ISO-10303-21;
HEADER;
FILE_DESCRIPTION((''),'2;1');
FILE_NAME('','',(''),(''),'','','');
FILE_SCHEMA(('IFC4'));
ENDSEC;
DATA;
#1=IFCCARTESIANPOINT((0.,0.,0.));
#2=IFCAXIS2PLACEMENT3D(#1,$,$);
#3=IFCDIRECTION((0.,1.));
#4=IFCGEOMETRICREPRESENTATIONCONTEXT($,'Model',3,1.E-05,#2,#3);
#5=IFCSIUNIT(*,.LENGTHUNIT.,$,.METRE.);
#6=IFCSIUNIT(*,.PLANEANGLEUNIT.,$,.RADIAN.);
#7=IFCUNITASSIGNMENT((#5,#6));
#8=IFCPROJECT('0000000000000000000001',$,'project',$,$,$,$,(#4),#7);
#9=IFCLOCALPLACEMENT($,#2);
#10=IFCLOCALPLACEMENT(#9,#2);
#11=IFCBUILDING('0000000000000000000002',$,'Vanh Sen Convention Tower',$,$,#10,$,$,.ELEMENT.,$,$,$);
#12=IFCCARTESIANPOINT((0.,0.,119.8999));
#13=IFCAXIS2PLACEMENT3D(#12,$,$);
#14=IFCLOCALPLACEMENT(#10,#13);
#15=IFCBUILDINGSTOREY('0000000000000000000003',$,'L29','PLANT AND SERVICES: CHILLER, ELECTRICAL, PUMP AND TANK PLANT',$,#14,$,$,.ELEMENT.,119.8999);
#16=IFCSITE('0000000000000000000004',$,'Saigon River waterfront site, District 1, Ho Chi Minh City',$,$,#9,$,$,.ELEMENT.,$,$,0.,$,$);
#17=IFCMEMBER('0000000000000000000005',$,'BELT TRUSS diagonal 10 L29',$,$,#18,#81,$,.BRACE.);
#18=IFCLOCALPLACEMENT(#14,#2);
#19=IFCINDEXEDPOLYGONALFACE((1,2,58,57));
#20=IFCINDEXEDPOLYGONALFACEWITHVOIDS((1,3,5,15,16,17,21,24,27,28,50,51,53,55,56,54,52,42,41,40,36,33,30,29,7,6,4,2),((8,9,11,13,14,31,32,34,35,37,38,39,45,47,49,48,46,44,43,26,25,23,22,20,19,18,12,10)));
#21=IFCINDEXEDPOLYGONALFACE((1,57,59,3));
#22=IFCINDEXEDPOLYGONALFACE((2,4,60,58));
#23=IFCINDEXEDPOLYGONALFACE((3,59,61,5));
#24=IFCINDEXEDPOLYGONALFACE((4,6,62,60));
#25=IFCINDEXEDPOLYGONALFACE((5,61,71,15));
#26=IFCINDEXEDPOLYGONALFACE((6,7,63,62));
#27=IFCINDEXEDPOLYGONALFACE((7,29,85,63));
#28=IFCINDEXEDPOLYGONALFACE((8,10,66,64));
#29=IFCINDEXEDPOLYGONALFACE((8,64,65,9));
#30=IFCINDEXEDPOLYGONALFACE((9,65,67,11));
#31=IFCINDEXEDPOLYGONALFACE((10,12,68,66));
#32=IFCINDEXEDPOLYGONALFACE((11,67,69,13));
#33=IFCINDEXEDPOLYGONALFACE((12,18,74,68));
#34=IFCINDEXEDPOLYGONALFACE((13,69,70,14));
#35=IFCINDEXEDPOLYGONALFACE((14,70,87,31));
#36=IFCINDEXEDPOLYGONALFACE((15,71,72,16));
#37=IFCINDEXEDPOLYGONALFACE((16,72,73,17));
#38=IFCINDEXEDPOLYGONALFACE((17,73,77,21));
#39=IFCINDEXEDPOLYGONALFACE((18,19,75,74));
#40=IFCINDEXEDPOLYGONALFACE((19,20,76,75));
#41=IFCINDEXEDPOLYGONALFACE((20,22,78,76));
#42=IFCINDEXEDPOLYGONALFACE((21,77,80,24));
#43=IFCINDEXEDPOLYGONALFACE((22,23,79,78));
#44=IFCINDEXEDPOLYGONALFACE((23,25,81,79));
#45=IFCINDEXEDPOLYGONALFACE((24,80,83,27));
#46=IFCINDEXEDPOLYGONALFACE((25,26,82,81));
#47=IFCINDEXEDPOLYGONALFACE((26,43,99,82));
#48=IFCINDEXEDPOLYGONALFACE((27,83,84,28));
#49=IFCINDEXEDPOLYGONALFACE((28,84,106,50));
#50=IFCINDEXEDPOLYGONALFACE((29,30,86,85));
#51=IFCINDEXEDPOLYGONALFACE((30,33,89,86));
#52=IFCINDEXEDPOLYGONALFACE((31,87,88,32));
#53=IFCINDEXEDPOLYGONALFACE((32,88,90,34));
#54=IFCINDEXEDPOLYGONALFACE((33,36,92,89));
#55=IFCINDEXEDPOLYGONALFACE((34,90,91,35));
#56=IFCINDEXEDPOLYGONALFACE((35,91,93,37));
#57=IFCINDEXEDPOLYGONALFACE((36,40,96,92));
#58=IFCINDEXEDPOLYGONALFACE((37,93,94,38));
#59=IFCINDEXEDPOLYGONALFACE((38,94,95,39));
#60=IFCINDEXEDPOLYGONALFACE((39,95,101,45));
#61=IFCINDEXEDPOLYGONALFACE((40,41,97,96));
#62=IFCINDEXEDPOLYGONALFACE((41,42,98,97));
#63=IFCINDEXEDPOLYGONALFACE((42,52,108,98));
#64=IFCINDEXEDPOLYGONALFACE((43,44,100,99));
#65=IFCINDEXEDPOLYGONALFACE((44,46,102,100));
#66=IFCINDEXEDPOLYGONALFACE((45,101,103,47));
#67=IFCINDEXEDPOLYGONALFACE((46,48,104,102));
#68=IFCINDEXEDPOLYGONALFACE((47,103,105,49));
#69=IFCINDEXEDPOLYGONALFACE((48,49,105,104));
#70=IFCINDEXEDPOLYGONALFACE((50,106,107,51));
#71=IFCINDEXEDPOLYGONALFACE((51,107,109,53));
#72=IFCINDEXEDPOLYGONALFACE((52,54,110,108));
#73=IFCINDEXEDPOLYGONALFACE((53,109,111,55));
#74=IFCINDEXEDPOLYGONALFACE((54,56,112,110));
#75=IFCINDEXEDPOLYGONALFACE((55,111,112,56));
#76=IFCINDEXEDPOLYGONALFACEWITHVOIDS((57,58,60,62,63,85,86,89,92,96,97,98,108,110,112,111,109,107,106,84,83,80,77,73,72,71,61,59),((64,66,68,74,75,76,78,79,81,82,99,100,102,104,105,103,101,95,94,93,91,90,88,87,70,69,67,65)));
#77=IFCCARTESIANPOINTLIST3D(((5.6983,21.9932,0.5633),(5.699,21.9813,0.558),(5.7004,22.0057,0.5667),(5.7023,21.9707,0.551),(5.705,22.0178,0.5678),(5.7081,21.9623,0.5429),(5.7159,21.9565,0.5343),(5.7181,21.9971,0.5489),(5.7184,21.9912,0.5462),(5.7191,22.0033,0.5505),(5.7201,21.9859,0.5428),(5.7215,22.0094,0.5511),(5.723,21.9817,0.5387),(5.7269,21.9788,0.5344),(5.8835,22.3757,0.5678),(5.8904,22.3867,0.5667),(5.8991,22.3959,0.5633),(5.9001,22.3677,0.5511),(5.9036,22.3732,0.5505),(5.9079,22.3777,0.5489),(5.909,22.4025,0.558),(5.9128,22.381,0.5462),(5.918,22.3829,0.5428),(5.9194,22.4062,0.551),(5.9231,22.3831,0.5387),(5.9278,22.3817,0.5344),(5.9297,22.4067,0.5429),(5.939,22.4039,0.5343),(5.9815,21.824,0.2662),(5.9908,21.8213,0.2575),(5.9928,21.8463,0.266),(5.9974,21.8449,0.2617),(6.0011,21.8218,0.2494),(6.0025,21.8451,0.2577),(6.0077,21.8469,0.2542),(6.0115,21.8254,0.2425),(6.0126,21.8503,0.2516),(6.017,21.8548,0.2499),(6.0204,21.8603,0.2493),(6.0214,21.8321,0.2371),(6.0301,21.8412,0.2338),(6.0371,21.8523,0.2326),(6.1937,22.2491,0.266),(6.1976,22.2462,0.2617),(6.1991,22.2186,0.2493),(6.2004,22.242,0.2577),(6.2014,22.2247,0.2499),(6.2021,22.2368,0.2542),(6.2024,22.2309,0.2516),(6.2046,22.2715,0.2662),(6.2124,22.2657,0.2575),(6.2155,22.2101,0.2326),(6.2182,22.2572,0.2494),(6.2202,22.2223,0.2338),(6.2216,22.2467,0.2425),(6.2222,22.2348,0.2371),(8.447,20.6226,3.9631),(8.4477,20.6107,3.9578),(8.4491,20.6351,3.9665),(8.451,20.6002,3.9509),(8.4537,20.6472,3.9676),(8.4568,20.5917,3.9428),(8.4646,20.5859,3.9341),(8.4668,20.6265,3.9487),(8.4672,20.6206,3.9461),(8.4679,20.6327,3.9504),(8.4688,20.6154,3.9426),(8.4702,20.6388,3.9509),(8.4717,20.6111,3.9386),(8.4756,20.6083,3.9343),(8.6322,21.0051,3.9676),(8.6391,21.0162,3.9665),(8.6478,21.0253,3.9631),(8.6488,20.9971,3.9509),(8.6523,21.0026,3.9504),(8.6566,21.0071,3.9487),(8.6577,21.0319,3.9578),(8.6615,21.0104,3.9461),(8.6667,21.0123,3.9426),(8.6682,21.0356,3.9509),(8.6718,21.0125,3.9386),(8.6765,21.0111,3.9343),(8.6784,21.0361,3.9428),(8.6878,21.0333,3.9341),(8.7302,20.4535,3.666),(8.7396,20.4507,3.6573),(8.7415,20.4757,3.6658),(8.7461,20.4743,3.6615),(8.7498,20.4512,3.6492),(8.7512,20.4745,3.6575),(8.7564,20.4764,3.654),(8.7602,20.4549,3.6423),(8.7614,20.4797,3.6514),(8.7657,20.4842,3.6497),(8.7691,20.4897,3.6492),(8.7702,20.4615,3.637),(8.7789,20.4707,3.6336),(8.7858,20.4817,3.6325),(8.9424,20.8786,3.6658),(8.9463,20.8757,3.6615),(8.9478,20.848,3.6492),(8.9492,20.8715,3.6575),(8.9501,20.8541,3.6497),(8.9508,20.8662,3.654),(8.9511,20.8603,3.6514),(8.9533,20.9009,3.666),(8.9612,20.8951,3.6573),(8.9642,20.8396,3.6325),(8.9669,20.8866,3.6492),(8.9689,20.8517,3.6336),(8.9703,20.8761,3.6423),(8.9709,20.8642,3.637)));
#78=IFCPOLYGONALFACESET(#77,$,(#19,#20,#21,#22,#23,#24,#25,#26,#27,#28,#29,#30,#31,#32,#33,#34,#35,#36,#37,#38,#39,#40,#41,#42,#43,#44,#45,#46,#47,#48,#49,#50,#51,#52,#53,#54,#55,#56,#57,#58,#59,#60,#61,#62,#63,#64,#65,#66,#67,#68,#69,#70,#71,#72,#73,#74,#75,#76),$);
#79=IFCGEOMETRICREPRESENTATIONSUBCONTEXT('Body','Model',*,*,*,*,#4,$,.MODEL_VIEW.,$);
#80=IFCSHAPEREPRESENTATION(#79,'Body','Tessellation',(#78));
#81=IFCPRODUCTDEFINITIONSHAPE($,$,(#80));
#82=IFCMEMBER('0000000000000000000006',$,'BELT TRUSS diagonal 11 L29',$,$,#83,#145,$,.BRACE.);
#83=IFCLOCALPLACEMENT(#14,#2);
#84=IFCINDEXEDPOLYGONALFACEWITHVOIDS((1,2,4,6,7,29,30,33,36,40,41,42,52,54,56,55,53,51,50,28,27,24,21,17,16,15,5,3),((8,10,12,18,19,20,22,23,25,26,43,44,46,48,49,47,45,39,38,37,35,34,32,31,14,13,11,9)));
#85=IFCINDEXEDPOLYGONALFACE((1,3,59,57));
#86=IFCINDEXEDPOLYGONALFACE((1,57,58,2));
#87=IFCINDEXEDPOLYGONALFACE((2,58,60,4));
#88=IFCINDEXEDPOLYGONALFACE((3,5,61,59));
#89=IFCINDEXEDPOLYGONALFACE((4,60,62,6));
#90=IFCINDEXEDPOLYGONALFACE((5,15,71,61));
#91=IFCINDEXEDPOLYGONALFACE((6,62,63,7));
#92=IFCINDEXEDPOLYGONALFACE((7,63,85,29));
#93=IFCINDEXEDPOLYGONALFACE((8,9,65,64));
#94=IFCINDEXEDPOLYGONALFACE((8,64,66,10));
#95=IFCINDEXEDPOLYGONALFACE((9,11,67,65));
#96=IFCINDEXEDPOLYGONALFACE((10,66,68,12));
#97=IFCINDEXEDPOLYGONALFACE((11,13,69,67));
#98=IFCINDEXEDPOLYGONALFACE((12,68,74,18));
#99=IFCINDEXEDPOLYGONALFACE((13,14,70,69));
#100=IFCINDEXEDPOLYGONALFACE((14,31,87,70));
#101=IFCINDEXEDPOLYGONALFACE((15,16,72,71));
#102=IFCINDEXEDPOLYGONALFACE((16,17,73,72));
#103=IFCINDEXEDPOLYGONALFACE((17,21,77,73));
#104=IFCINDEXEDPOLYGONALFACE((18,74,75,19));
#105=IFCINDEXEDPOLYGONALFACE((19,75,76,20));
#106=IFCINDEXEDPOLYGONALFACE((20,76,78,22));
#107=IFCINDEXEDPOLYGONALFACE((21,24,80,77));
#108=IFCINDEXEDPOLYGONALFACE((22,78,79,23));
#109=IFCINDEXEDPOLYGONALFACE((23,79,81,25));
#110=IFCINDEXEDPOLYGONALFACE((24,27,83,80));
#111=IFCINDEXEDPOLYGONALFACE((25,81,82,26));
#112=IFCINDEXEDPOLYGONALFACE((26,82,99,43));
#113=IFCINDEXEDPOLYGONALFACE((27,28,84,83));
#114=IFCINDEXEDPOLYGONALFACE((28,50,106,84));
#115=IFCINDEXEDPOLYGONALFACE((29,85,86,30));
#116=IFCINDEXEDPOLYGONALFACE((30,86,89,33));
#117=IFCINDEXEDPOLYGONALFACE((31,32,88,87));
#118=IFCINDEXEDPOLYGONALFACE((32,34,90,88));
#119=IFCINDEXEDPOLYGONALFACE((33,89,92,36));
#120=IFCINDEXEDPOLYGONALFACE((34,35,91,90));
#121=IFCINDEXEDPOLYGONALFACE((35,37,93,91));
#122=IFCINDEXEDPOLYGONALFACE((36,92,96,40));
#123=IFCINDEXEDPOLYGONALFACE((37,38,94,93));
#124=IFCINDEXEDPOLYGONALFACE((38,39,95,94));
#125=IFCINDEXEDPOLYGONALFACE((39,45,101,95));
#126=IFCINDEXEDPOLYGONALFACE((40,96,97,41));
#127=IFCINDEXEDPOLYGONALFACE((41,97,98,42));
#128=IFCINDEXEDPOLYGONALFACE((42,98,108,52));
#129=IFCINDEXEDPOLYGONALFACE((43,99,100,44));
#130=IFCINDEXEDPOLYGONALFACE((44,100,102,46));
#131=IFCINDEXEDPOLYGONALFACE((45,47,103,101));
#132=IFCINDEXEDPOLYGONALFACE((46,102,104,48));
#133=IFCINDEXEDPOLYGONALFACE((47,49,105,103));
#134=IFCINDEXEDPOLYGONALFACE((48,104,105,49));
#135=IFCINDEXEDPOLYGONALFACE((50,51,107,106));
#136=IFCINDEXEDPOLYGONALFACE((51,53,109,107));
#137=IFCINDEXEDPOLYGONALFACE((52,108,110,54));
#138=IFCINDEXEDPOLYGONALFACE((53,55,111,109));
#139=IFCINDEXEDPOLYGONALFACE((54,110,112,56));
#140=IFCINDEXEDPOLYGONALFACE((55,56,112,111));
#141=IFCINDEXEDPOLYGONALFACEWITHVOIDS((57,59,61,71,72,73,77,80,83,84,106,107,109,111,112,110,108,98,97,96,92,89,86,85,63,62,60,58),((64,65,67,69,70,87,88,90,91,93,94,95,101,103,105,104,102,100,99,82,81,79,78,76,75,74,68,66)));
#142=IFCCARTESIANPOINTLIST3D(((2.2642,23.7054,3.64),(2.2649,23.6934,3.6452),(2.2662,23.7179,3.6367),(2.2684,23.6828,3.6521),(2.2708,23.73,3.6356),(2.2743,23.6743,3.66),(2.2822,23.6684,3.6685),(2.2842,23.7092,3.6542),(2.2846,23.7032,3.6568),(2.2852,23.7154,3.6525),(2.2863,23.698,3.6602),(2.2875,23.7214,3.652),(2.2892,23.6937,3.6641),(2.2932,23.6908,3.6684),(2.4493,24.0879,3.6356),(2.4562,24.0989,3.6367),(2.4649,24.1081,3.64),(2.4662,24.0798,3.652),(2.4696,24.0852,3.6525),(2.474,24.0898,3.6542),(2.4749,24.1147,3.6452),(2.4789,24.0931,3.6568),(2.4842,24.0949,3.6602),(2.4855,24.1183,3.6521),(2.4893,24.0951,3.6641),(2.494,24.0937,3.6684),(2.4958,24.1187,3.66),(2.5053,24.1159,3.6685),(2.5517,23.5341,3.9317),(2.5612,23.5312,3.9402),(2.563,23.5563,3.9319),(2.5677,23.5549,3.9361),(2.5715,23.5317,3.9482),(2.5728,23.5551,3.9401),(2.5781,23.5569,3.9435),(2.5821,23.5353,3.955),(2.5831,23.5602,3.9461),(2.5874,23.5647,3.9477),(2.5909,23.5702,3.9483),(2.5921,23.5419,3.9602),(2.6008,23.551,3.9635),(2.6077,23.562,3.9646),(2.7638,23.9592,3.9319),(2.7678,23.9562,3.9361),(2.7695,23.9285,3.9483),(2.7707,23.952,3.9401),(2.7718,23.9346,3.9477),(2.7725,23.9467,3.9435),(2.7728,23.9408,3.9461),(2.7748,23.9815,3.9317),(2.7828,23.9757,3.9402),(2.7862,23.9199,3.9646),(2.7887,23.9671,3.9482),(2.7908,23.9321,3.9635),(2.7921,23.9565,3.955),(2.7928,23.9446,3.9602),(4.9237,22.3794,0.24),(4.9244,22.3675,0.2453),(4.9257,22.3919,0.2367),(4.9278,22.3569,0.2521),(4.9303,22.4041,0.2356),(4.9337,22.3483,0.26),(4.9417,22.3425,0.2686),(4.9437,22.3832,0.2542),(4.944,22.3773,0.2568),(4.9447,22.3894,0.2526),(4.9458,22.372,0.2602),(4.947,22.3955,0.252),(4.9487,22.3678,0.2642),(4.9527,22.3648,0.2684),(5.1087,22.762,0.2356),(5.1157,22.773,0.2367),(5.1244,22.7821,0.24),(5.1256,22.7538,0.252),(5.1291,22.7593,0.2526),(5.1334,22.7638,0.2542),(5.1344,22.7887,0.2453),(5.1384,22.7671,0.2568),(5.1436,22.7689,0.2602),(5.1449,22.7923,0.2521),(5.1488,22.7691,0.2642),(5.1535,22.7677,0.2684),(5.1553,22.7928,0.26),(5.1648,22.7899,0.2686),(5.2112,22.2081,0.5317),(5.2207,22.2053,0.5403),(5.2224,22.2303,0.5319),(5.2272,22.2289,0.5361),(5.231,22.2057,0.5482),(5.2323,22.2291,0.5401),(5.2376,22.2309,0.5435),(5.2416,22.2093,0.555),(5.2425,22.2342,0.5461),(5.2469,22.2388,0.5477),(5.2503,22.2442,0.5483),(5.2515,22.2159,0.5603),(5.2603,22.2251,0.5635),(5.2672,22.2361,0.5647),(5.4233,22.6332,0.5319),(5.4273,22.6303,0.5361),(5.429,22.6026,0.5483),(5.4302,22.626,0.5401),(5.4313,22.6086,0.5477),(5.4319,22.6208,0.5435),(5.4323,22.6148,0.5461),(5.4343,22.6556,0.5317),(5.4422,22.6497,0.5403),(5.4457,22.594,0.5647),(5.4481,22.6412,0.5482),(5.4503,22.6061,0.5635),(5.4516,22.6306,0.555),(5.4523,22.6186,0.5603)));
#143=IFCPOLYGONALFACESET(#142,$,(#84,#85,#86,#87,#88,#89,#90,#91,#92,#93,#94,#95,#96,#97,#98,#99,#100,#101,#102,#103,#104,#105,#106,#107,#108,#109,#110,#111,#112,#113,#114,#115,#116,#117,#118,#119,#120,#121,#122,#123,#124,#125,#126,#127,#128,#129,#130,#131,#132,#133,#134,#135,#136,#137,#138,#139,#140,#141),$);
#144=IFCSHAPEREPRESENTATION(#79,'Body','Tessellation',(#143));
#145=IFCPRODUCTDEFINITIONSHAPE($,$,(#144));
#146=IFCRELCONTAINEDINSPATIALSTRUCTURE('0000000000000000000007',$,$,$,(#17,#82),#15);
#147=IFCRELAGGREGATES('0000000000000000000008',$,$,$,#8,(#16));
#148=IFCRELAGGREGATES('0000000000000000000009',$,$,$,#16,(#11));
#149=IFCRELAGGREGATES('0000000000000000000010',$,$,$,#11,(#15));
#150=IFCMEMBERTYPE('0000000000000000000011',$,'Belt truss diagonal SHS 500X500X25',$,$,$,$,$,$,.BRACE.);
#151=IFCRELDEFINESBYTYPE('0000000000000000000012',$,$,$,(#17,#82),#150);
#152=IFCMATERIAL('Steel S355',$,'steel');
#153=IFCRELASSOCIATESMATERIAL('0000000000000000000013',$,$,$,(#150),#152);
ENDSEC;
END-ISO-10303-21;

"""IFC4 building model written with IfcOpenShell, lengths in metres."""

from ifc_helpers import new_model, si_unit, direction, frame, origin, origin_2d, place, context, subcontext, project, spatial, hollow_rectangle, extrude, material, material_profile, profile_set, type_object, element, save


model = new_model("IFC4")

# Units and contexts
model_context = context("Model", 3, precision=1e-05, world=origin(), true_north=direction((0.0, 1.0)))
body_context = subcontext(model_context, "Body", "Model", "MODEL_VIEW")
ifc_project = project(units=[si_unit("LENGTHUNIT", "METRE"), si_unit("PLANEANGLEUNIT", "RADIAN")], contexts=[model_context])

# Site, building, storey
site_placement = place(None, origin())
site = spatial("IfcSite", under=ifc_project, at=site_placement, Name="Saigon River waterfront site, District 1, Ho Chi Minh City", CompositionType="ELEMENT", RefElevation=0.0)
building_placement = place(site_placement, origin())
building = spatial("IfcBuilding", under=site, at=building_placement, Name="Vanh Sen Convention Tower", CompositionType="ELEMENT")
storey_placement = place(building_placement, frame((0.0, 0.0, 119.8999)))
storey = spatial("IfcBuildingStorey", under=building, at=storey_placement, Name="L29", Description="PLANT AND SERVICES: CHILLER, ELECTRICAL, PUMP AND TANK PLANT", CompositionType="ELEMENT", Elevation=119.8999)

# Members
ifc_material_1 = material(Name="Steel S355", Category="steel")
ifc_material_profile_1 = material_profile(ifc_material_1, hollow_rectangle(XDim=0.5, YDim=0.5, WallThickness=0.0249, InnerFilletRadius=0.0249, OuterFilletRadius=0.05, at=origin_2d()), Name="SHS 500X500X25")
ifc_profile_set_1 = profile_set([ifc_material_profile_1], Name="Steel S355")
member_type_1 = type_object("IfcMemberType", Name="Belt truss diagonal SHS 500X500X25", PredefinedType="BRACE", material=ifc_profile_set_1)
member_1_placement = place(storey_placement, frame((8.709, 20.7434, 3.8), z_axis=(-0.599923, 0.299136, -0.742031), x_axis=(-0.446228, -0.894919, 0.0)))
element("IfcMember", 1, at=member_1_placement, inside=storey, type_object=member_type_1, Name="BELT TRUSS diagonal 10 L29", PredefinedType="BRACE", context=body_context, shape_type="SweptSolid", body=[
    extrude(hollow_rectangle(XDim=0.5, YDim=0.5, WallThickness=0.0249, InnerFilletRadius=0.0249, OuterFilletRadius=0.05, at=origin_2d()), origin(), (0.0, 0.0, 1.0), 4.5818),
])
member_2_placement = place(storey_placement, frame((5.188, 22.499, 0.4001), z_axis=(-0.588951, 0.293638, 0.752936), x_axis=(-0.446195, -0.894936, 0.0)))
element("IfcMember", 2, at=member_2_placement, inside=storey, type_object=member_type_1, Name="BELT TRUSS diagonal 11 L29", PredefinedType="BRACE", context=body_context, shape_type="SweptSolid", body=[
    extrude(hollow_rectangle(XDim=0.5, YDim=0.5, WallThickness=0.0249, InnerFilletRadius=0.0249, OuterFilletRadius=0.05, at=origin_2d()), origin(), (0.0, 0.0, 1.0), 4.5156),
])

save(model, "model.ifc")
